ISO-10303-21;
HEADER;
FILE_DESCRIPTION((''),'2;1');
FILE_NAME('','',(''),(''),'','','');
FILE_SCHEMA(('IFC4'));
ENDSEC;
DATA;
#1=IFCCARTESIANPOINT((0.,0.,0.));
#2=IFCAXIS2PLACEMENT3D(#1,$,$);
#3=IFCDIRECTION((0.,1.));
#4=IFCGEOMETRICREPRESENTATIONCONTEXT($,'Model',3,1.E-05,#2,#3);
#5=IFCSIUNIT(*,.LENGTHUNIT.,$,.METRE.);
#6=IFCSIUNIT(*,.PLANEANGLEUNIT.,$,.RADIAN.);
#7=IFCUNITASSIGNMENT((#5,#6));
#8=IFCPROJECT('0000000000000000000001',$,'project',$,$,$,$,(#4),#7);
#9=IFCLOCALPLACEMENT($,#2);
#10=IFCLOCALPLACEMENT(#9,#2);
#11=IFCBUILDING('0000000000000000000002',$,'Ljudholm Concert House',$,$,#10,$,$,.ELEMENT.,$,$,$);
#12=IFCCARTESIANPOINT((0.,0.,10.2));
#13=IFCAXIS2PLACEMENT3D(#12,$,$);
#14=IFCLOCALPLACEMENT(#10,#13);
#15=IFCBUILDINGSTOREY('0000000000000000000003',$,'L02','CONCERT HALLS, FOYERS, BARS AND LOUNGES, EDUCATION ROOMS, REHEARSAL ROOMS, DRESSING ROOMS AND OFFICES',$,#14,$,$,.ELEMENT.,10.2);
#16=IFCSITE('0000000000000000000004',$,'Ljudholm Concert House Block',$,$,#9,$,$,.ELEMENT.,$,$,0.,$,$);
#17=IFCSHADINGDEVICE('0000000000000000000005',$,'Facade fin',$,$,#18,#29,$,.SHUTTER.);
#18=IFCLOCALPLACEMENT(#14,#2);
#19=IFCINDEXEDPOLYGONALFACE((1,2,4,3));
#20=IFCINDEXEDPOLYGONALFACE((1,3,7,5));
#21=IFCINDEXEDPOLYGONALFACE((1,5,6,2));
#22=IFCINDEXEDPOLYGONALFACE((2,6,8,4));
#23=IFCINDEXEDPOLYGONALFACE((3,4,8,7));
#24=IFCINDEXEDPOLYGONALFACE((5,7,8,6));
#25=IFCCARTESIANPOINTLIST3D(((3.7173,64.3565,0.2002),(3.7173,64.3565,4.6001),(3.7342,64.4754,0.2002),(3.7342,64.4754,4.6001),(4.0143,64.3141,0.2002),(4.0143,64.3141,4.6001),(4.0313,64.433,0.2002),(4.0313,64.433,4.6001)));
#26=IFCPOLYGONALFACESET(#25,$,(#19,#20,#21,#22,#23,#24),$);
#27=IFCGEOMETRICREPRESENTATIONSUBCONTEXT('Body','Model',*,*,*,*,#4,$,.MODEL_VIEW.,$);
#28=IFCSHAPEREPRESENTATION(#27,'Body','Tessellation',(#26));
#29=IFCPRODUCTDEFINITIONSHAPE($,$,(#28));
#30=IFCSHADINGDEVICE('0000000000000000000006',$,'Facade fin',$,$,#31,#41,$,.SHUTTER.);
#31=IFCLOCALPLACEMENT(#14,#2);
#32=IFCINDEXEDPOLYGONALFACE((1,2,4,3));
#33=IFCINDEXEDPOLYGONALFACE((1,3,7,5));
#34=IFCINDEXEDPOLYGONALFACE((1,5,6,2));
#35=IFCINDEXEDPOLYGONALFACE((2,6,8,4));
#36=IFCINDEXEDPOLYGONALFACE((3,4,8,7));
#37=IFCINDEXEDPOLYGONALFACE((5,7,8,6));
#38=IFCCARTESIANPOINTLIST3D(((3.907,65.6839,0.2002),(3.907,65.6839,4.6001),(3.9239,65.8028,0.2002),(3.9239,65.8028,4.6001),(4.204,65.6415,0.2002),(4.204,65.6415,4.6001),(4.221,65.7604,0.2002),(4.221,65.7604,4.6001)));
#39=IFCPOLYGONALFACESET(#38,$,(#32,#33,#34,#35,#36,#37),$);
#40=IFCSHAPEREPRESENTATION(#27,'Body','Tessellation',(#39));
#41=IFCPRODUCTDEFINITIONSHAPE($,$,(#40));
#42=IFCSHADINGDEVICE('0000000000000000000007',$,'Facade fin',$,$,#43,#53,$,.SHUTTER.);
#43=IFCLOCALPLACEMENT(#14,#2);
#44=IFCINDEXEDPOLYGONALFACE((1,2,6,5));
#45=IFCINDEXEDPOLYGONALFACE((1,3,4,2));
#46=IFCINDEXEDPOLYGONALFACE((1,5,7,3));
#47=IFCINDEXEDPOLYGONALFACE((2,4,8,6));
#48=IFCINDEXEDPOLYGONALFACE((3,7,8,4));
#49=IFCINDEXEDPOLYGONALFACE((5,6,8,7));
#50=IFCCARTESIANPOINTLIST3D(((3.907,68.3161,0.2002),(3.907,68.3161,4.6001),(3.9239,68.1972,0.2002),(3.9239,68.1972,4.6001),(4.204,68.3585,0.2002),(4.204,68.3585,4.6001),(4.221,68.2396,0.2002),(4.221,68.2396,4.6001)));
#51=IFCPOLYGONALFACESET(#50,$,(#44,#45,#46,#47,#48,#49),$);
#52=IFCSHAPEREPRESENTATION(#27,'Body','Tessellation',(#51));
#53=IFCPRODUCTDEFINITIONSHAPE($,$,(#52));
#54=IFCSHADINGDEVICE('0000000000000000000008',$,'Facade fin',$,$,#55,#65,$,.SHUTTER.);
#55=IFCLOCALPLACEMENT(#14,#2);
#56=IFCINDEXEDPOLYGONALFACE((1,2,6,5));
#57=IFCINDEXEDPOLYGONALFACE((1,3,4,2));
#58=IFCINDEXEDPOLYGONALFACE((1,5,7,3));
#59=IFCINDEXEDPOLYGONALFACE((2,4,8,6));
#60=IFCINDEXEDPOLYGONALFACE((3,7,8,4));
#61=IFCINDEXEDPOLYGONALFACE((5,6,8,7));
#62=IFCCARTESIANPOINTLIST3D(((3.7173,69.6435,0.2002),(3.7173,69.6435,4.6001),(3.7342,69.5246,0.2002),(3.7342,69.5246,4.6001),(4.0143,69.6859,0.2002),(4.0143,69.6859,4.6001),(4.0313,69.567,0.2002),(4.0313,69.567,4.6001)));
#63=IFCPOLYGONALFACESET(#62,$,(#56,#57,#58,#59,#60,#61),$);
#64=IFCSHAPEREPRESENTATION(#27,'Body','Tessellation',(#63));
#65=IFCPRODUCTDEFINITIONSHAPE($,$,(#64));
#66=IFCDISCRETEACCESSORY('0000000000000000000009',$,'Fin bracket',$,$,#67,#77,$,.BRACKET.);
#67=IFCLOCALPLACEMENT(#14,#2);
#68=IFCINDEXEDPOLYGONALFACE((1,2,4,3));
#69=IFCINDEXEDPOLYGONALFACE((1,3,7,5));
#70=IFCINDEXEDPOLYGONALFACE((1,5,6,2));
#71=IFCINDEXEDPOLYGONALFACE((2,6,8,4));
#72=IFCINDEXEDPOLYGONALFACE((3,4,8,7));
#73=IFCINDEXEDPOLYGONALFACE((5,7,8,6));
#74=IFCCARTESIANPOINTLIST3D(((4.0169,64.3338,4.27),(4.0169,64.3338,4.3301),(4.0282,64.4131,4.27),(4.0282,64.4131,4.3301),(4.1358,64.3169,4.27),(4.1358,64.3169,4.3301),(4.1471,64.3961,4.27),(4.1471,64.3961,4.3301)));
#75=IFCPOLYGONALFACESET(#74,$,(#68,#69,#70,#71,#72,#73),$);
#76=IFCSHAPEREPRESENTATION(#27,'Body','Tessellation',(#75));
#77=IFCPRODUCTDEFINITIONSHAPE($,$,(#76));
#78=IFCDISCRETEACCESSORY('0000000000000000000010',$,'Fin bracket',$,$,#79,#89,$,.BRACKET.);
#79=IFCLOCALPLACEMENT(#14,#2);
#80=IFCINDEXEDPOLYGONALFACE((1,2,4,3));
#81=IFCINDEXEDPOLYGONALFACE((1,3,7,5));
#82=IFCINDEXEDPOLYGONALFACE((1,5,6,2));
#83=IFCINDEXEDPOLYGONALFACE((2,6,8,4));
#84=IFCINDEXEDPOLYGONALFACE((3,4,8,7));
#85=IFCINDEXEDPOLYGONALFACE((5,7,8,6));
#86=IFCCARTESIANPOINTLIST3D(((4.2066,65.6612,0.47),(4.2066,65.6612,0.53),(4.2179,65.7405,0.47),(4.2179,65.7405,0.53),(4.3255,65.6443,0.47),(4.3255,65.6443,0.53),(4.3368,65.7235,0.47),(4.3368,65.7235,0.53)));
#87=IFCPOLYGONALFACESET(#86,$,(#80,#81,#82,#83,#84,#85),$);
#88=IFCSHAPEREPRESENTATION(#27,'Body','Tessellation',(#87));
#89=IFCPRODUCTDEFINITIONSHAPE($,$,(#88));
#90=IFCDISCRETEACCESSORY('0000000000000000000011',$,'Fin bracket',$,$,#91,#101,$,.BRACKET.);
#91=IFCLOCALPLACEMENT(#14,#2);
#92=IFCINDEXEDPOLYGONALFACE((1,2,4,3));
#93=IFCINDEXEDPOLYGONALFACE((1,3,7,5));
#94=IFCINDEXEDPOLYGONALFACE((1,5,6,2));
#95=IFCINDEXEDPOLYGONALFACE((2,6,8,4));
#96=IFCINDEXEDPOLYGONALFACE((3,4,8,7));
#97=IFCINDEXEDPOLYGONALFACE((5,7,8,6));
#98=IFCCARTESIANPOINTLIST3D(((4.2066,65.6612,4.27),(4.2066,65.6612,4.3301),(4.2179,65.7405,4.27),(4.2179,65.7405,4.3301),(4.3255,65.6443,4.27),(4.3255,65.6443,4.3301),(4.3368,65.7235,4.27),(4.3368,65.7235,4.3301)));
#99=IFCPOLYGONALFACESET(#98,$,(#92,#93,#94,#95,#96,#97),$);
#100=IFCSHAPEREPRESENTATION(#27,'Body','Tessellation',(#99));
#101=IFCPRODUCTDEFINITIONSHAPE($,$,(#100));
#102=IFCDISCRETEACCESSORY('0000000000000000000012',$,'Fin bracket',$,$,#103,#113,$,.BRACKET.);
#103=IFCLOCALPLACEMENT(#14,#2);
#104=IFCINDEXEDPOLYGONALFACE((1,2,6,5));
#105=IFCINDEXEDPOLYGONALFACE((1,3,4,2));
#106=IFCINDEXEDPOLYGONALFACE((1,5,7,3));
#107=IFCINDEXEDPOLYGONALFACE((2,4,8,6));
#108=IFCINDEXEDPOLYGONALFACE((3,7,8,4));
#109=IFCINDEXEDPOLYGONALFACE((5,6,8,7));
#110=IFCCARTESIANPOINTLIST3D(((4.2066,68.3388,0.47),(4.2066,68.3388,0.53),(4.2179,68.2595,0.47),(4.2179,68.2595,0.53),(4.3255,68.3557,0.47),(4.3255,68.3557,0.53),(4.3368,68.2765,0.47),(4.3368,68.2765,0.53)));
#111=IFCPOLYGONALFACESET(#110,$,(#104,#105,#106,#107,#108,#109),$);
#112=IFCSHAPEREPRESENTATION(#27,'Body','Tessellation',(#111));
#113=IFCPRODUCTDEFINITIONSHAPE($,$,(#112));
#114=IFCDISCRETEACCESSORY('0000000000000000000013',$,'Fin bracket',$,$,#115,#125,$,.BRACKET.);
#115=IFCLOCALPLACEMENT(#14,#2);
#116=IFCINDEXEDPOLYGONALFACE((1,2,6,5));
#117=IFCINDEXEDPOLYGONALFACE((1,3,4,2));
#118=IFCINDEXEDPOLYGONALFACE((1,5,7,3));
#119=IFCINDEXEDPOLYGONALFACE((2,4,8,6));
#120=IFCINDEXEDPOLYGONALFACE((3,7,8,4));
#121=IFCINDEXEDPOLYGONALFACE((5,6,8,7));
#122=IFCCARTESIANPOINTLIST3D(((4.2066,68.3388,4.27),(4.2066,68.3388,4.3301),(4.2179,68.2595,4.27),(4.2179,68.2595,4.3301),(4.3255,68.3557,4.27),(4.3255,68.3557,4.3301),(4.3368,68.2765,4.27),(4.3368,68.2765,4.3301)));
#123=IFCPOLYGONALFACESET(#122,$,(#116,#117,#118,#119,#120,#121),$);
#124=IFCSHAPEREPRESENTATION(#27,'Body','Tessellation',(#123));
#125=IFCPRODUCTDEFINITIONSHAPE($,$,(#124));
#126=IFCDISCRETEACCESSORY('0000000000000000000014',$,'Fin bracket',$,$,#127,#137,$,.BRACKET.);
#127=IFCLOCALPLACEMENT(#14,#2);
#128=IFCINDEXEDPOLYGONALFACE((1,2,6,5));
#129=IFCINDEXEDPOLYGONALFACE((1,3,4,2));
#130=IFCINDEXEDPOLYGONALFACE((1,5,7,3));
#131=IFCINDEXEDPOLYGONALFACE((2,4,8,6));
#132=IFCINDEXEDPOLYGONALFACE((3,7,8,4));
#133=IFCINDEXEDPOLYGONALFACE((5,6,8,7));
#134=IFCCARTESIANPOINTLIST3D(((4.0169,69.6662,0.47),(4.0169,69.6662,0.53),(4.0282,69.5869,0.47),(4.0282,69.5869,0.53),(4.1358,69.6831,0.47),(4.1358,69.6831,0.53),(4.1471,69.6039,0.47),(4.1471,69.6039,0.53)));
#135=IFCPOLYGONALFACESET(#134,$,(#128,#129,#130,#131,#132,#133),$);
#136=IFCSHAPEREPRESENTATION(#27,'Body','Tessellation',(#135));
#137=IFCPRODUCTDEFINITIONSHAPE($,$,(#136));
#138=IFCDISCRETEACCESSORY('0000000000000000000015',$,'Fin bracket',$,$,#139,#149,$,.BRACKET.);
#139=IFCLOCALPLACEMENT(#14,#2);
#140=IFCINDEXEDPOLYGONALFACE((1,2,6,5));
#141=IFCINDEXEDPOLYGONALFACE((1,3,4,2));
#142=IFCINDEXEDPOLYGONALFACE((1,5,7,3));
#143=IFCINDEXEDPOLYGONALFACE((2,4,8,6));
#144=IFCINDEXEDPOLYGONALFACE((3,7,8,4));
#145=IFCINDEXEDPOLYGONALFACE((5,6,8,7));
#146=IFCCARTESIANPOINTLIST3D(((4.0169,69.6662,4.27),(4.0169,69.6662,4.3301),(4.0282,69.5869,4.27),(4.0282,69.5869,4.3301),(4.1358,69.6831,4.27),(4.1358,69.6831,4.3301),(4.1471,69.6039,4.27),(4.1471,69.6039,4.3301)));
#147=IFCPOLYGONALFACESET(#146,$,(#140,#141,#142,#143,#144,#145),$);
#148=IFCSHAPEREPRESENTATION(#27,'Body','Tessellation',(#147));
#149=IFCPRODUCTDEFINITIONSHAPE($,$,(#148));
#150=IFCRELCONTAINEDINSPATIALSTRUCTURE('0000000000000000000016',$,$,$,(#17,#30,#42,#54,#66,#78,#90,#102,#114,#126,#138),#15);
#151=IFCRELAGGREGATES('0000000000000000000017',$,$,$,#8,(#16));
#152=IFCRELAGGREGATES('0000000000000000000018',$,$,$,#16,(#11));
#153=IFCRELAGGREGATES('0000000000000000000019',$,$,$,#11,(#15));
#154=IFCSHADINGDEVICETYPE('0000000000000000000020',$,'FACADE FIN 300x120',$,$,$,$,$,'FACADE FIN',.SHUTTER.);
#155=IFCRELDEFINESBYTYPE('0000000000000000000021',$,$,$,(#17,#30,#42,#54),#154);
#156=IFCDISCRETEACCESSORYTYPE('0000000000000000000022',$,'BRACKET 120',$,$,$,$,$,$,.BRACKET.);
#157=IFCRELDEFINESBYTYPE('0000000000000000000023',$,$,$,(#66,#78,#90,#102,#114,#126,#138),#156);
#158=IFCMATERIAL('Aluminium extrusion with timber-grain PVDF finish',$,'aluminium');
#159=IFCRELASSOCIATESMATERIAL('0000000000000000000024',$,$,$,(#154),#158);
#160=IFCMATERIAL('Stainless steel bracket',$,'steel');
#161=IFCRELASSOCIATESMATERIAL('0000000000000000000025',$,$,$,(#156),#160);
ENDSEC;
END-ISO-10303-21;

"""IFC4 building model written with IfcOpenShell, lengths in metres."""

from ifc_helpers import new_model, si_unit, direction, frame, origin, origin_2d, place, context, subcontext, project, spatial, rectangle, extrude, material, type_object, element, save


model = new_model("IFC4")

# Units and contexts
model_context = context("Model", 3, precision=1e-05, world=origin(), true_north=direction((0.0, 1.0)))
body_context = subcontext(model_context, "Body", "Model", "MODEL_VIEW")
ifc_project = project(units=[si_unit("LENGTHUNIT", "METRE"), si_unit("PLANEANGLEUNIT", "RADIAN")], contexts=[model_context])

# Site, building, storey
site_placement = place(None, origin())
site = spatial("IfcSite", under=ifc_project, at=site_placement, Name="Ljudholm Concert House Block", CompositionType="ELEMENT", RefElevation=0.0)
building_placement = place(site_placement, origin())
building = spatial("IfcBuilding", under=site, at=building_placement, Name="Ljudholm Concert House", CompositionType="ELEMENT")
storey_placement = place(building_placement, frame((0.0, 0.0, 10.2)))
storey = spatial("IfcBuildingStorey", under=building, at=storey_placement, Name="L02", Description="CONCERT HALLS, FOYERS, BARS AND LOUNGES, EDUCATION ROOMS, REHEARSAL ROOMS, DRESSING ROOMS AND OFFICES", CompositionType="ELEMENT", Elevation=10.2)

# Shading devices
ifc_material_1 = material(Name="Aluminium extrusion with timber-grain PVDF finish", Category="aluminium")
shading_device_type = type_object("IfcShadingDeviceType", Name="FACADE FIN 300x120", ElementType="FACADE FIN", PredefinedType="SHUTTER", material=ifc_material_1)
for number, where, z_axis, x_axis, name in (
    (1, (3.8743, 64.3948, 0.2002), (0.0, 0.0, 1.0), (-0.989949, 0.141421, 0.0), "Facade fin"),
    (2, (4.064, 65.7222, 0.2002), (0.0, 0.0, 1.0), (-0.989949, 0.141421, 0.0), "Facade fin"),
    (3, (4.064, 68.2778, 0.2002), (0.0, 0.0, 1.0), (-0.989949, -0.141421, 0.0), "Facade fin"),
    (4, (3.8743, 69.6052, 0.2002), (0.0, 0.0, 1.0), (-0.989949, -0.141421, 0.0), "Facade fin"),
):
    element("IfcShadingDevice", number, at=place(storey_placement, frame(where, z_axis=z_axis, x_axis=x_axis)), inside=storey, type_object=shading_device_type, Name=name, PredefinedType="SHUTTER", context=body_context, shape_type="SweptSolid", body=[
        extrude(rectangle(XDim=0.3, YDim=0.1201, at=origin_2d()), origin(), (0.0, 0.0, 1.0), 4.3999),
    ])

# Discrete accessories
ifc_material_2 = material(Name="Stainless steel bracket", Category="steel")
discrete_accessory_type = type_object("IfcDiscreteAccessoryType", Name="BRACKET 120", PredefinedType="BRACKET", material=ifc_material_2)
for number, where, z_axis, x_axis, name in (
    (5, (4.082, 64.365, 4.27), (0.0, 0.0, 1.0), (-0.989949, 0.141421, 0.0), "Fin bracket"),
    (6, (4.2717, 65.6924, 0.47), (0.0, 0.0, 1.0), (-0.989949, 0.141421, 0.0), "Fin bracket"),
    (7, (4.2717, 65.6924, 4.27), (0.0, 0.0, 1.0), (-0.989949, 0.141421, 0.0), "Fin bracket"),
    (8, (4.2717, 68.3076, 0.47), (0.0, 0.0, 1.0), (-0.989949, -0.141421, 0.0), "Fin bracket"),
    (9, (4.2717, 68.3076, 4.27), (0.0, 0.0, 1.0), (-0.989949, -0.141421, 0.0), "Fin bracket"),
    (10, (4.082, 69.635, 0.47), (0.0, 0.0, 1.0), (-0.989949, -0.141421, 0.0), "Fin bracket"),
    (11, (4.082, 69.635, 4.27), (0.0, 0.0, 1.0), (-0.989949, -0.141421, 0.0), "Fin bracket"),
):
    element("IfcDiscreteAccessory", number, at=place(storey_placement, frame(where, z_axis=z_axis, x_axis=x_axis)), inside=storey, type_object=discrete_accessory_type, Name=name, PredefinedType="BRACKET", context=body_context, shape_type="SweptSolid", body=[
        extrude(rectangle(XDim=0.1201, YDim=0.0801, at=origin_2d()), origin(), (0.0, 0.0, 1.0), 0.0601),
    ])

save(model, "model.ifc")
